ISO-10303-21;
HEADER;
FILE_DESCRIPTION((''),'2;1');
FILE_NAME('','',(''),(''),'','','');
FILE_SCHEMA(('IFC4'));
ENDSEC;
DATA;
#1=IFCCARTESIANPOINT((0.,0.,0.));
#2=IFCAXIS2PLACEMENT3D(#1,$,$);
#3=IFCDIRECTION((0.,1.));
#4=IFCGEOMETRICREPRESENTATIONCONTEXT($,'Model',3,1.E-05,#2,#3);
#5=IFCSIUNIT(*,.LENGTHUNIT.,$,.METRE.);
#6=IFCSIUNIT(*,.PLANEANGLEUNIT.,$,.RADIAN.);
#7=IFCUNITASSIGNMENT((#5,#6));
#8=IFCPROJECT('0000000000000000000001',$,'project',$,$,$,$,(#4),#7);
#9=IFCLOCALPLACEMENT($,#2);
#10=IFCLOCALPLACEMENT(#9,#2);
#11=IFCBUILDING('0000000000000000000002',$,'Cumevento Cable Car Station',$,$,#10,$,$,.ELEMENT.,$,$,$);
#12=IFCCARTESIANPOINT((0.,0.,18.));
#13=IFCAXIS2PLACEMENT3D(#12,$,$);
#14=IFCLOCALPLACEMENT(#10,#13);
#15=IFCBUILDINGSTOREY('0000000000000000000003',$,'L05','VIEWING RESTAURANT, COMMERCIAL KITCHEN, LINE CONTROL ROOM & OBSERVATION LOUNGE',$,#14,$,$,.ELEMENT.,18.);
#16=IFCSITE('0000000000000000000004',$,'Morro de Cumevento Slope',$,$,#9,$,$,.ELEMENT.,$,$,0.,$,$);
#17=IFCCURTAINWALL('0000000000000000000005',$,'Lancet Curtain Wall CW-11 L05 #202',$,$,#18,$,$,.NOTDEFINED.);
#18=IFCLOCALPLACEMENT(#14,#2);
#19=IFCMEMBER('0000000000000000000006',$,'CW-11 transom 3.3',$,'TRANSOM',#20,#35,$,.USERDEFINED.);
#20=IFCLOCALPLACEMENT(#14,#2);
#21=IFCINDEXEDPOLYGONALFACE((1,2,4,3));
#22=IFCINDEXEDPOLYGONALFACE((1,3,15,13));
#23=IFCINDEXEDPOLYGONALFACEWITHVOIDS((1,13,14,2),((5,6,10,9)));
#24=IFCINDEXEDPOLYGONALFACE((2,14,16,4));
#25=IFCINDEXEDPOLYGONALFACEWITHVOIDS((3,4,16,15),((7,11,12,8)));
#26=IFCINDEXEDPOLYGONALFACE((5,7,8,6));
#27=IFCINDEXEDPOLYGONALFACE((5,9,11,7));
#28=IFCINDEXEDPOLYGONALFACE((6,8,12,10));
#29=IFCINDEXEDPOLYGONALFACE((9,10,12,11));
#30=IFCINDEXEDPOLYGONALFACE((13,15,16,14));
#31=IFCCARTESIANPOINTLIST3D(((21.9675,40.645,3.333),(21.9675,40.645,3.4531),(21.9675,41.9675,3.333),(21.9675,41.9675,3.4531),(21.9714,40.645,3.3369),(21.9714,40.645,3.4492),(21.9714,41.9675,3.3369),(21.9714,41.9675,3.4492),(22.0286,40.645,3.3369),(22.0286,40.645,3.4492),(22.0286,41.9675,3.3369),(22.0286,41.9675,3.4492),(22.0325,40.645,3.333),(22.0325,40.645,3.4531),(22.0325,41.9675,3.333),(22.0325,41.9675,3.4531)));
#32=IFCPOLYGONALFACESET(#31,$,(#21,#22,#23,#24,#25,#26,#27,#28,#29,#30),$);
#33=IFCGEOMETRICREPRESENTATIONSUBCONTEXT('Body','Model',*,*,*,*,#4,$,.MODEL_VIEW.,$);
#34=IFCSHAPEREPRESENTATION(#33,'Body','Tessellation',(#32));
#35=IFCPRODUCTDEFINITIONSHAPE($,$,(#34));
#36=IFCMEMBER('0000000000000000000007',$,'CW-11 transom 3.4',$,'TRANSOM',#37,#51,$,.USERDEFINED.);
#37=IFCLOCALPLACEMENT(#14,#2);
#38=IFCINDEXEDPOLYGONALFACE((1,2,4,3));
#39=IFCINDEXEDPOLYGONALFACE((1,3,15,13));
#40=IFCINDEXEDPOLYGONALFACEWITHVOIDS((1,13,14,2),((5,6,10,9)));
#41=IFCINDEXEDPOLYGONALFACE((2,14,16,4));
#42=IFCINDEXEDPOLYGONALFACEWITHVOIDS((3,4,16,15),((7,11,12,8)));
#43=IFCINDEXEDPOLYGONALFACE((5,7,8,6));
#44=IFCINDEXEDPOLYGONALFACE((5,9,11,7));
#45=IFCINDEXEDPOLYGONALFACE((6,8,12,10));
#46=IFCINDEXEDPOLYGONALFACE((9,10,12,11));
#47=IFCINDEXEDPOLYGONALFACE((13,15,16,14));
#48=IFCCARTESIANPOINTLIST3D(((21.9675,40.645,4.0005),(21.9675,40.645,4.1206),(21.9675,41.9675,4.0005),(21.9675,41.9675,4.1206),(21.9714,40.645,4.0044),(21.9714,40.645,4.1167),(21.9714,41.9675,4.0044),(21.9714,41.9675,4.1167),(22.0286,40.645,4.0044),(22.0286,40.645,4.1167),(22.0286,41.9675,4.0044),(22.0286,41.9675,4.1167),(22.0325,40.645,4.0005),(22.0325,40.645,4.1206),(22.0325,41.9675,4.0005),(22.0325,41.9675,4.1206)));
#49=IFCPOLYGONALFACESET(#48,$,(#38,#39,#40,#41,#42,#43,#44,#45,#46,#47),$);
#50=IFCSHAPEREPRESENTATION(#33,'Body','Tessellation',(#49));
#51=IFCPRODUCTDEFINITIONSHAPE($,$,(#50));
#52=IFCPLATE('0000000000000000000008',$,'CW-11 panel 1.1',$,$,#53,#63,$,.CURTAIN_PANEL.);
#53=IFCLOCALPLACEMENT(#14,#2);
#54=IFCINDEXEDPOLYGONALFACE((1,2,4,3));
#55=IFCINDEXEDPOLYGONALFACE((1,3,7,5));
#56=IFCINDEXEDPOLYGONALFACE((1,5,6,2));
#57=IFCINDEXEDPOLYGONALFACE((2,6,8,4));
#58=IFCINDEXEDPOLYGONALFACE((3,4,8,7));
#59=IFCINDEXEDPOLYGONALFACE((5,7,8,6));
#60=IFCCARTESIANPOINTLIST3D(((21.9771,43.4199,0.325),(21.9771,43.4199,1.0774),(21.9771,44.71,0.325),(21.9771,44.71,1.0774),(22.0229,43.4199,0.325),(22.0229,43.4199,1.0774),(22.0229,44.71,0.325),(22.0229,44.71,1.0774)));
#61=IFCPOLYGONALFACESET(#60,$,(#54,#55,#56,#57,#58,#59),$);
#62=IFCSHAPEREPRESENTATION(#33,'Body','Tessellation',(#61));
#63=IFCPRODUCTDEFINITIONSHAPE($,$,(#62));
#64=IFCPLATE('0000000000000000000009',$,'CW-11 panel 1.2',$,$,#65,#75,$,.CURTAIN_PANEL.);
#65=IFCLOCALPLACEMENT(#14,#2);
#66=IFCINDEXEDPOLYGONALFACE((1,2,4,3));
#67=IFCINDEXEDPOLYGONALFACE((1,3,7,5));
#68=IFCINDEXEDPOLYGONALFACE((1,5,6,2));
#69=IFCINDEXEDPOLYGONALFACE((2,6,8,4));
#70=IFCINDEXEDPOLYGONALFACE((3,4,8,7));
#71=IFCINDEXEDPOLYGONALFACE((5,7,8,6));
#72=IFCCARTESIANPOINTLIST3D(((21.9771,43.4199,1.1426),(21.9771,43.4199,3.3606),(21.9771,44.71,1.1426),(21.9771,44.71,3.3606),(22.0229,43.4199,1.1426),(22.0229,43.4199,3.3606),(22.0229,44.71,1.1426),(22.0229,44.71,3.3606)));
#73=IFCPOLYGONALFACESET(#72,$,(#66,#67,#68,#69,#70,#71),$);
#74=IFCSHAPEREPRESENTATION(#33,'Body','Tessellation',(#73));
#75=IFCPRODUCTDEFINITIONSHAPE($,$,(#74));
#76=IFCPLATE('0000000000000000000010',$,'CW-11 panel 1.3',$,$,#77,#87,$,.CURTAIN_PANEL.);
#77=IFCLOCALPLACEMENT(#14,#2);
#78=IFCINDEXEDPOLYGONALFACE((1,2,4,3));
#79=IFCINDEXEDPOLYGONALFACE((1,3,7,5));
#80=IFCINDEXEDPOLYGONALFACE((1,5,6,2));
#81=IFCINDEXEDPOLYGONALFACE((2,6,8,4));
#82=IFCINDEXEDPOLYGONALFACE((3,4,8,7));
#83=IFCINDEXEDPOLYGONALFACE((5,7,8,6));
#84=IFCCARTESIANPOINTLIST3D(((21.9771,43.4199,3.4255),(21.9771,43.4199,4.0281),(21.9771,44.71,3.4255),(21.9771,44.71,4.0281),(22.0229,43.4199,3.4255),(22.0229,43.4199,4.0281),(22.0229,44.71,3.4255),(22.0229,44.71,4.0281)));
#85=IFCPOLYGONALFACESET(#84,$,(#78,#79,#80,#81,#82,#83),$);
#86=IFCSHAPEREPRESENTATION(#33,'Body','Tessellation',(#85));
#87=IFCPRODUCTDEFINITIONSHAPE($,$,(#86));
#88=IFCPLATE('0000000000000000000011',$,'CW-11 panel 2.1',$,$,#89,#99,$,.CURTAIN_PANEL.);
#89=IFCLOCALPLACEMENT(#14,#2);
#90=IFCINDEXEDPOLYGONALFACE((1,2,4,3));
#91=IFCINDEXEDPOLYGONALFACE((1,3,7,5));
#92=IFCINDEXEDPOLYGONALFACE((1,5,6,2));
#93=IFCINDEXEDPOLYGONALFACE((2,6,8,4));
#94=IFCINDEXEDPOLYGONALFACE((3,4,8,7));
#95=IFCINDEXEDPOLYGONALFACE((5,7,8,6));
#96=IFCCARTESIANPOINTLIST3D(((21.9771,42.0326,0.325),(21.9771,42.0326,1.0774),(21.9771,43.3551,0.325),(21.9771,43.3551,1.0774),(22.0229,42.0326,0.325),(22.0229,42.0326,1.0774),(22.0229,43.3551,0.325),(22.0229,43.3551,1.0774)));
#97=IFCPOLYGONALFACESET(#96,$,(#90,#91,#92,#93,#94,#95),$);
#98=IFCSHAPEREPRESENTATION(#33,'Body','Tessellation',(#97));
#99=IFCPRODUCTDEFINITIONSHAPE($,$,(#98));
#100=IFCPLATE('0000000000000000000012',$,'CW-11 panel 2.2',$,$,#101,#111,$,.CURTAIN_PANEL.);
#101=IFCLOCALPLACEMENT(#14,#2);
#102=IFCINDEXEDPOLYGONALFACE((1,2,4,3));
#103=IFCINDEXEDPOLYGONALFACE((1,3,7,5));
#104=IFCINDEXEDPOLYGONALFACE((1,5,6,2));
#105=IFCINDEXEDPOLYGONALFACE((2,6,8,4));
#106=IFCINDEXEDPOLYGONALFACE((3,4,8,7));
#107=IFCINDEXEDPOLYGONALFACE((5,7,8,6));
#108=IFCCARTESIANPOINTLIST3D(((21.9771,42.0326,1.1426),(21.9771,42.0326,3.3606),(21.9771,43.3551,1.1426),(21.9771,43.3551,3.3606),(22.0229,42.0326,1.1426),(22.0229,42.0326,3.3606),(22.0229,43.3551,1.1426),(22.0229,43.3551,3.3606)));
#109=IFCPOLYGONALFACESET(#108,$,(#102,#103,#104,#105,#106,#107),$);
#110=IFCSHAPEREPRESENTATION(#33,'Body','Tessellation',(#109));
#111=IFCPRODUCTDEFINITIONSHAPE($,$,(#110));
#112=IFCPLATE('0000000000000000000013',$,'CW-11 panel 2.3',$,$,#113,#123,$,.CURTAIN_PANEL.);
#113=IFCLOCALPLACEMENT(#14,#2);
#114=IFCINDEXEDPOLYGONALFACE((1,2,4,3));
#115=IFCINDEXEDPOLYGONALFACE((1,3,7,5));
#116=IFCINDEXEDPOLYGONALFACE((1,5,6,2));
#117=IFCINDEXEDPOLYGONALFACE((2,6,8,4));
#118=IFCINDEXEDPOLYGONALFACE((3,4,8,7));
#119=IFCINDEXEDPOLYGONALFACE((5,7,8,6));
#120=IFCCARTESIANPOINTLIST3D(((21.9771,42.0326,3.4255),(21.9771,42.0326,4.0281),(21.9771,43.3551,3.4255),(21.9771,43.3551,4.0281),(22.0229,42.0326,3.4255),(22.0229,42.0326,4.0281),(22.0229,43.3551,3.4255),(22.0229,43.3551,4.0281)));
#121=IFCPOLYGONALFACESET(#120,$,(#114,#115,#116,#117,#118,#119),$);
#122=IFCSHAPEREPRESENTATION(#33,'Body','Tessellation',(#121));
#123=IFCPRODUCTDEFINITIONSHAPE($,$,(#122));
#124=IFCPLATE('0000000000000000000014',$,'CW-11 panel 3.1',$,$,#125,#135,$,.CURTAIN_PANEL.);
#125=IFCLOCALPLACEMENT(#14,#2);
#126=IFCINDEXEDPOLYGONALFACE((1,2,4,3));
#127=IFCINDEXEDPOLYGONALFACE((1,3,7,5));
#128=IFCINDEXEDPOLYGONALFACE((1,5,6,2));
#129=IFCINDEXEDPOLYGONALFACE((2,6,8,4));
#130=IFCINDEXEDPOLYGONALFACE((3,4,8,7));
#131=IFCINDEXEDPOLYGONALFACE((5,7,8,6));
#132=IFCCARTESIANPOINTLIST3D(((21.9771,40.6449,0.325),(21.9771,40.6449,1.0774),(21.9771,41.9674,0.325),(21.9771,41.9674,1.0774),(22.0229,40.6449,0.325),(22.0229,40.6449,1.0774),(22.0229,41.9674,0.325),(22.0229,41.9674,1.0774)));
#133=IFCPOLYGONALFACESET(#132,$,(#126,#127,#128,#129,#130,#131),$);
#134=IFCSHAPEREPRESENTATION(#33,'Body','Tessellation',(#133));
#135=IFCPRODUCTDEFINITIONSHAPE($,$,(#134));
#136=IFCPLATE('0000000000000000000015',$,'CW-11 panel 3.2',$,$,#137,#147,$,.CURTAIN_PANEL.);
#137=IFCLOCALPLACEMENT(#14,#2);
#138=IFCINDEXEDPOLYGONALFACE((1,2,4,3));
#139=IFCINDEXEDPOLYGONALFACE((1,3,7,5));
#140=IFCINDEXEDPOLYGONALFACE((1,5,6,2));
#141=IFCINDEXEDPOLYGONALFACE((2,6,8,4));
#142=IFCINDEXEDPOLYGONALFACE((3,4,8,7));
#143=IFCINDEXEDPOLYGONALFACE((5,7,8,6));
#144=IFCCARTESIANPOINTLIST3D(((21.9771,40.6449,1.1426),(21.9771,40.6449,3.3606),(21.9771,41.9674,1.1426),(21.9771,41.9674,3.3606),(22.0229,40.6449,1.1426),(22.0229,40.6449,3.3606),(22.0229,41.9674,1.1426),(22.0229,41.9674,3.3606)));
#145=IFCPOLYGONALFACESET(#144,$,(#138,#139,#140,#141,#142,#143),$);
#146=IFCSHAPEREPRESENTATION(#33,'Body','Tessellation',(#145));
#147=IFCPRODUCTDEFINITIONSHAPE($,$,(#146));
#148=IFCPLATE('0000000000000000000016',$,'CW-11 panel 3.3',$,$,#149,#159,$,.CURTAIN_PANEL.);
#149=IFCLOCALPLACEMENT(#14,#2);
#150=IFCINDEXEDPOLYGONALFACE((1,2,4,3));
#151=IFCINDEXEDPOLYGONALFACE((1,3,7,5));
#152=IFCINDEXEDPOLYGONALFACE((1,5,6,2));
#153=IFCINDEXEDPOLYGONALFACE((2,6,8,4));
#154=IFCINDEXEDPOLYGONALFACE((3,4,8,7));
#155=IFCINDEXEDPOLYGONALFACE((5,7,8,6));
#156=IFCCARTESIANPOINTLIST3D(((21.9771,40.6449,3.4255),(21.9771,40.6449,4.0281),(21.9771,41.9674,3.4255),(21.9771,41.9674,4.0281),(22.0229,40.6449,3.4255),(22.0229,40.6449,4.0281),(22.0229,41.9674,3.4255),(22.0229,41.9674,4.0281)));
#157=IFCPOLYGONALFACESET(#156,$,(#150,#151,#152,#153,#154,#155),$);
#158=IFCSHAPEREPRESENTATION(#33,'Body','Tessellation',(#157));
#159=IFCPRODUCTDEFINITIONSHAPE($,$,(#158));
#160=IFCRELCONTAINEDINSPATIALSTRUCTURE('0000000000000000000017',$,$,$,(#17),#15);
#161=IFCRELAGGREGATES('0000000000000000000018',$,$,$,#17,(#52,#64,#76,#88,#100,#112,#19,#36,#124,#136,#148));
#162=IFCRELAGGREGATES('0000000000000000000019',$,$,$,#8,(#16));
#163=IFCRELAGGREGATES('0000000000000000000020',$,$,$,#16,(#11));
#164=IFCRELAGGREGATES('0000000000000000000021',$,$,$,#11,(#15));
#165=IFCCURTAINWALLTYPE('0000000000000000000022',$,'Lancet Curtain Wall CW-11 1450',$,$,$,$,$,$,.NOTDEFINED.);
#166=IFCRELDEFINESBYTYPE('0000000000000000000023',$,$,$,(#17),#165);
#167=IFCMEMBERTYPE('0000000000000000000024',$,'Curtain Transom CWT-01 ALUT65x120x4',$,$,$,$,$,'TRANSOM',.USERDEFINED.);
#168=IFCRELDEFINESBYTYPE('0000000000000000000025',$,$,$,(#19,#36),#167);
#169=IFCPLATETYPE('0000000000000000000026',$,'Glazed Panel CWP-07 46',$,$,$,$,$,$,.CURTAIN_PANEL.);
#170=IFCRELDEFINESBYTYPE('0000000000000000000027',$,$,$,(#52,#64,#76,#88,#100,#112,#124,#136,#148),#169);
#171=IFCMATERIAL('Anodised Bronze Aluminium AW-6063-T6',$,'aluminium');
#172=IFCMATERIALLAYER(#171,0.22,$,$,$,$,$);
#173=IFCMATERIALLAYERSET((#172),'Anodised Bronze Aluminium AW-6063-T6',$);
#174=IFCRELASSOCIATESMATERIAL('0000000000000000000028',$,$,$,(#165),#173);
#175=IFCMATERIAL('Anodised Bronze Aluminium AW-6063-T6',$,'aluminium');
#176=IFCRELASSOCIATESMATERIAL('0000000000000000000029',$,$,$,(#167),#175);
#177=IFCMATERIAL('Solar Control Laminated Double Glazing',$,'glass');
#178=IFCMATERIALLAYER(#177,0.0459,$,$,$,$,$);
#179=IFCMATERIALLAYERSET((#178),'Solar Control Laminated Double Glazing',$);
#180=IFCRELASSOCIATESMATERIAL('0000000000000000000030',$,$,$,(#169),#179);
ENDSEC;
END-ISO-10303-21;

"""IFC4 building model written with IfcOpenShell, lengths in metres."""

from ifc_helpers import new_model, si_unit, direction, frame, origin, origin_2d, place, context, subcontext, project, spatial, rectangle, hollow_rectangle, extrude, material, layer, layer_set, material_profile, profile_set, type_object, element, aggregate, save


model = new_model("IFC4")

# Units and contexts
model_context = context("Model", 3, precision=1e-05, world=origin(), true_north=direction((0.0, 1.0)))
body_context = subcontext(model_context, "Body", "Model", "MODEL_VIEW")
ifc_project = project(units=[si_unit("LENGTHUNIT", "METRE"), si_unit("PLANEANGLEUNIT", "RADIAN")], contexts=[model_context])

# Site, building, storey
site_placement = place(None, origin())
site = spatial("IfcSite", under=ifc_project, at=site_placement, Name="Morro de Cumevento Slope", CompositionType="ELEMENT", RefElevation=0.0)
building_placement = place(site_placement, origin())
building = spatial("IfcBuilding", under=site, at=building_placement, Name="Cumevento Cable Car Station", CompositionType="ELEMENT")
storey_placement = place(building_placement, frame((0.0, 0.0, 18.0)))
storey = spatial("IfcBuildingStorey", under=building, at=storey_placement, Name="L05", Description="VIEWING RESTAURANT, COMMERCIAL KITCHEN, LINE CONTROL ROOM & OBSERVATION LOUNGE", CompositionType="ELEMENT", Elevation=18.0)

# Curtain wall, members, plates
ifc_material_1 = material(Name="Anodised Bronze Aluminium AW-6063-T6", Category="aluminium")
ifc_layer_1 = layer(ifc_material_1, 0.22)
ifc_layer_set_1 = layer_set([ifc_layer_1], Name="Anodised Bronze Aluminium AW-6063-T6")
curtain_wall_type = type_object("IfcCurtainWallType", Name="Lancet Curtain Wall CW-11 1450", PredefinedType="NOTDEFINED", material=ifc_layer_set_1)
curtain_wall_placement = place(storey_placement, origin())
curtain_wall = element("IfcCurtainWall", 1, at=curtain_wall_placement, inside=storey, type_object=curtain_wall_type, Name="Lancet Curtain Wall CW-11 L05 #202", PredefinedType="NOTDEFINED")
ifc_material_2 = material(Name="Anodised Bronze Aluminium AW-6063-T6", Category="aluminium")
ifc_material_profile_1 = material_profile(ifc_material_2, hollow_rectangle(XDim=0.0649, YDim=0.1201, WallThickness=0.0039, at=origin_2d()), Name="ALUT65x120x4")
ifc_profile_set_1 = profile_set([ifc_material_profile_1], Name="Anodised Bronze Aluminium AW-6063-T6")
member_type_1 = type_object("IfcMemberType", Name="Curtain Transom CWT-01 ALUT65x120x4", ElementType="TRANSOM", PredefinedType="USERDEFINED", material=ifc_profile_set_1)
member_1_placement = place(storey_placement, frame((22.0, 41.9675, 3.3931), z_axis=(0.0, -1.0, 0.0), x_axis=(1.0, 0.0, 0.0)))
member_1 = element("IfcMember", 2, at=member_1_placement, type_object=member_type_1, Name="CW-11 transom 3.3", ObjectType="TRANSOM", PredefinedType="USERDEFINED", context=body_context, shape_type="SweptSolid", body=[
    extrude(hollow_rectangle(XDim=0.0649, YDim=0.1201, WallThickness=0.0039, at=origin_2d()), origin(), (0.0, 0.0, 1.0), 1.3225),
])
member_2_placement = place(storey_placement, frame((22.0, 41.9675, 4.0605), z_axis=(0.0, -1.0, 0.0), x_axis=(1.0, 0.0, 0.0)))
member_2 = element("IfcMember", 3, at=member_2_placement, type_object=member_type_1, Name="CW-11 transom 3.4", ObjectType="TRANSOM", PredefinedType="USERDEFINED", context=body_context, shape_type="SweptSolid", body=[
    extrude(hollow_rectangle(XDim=0.0649, YDim=0.1201, WallThickness=0.0039, at=origin_2d()), origin(), (0.0, 0.0, 1.0), 1.3225),
])
ifc_material_3 = material(Name="Solar Control Laminated Double Glazing", Category="glass")
ifc_layer_2 = layer(ifc_material_3, 0.0459)
ifc_layer_set_2 = layer_set([ifc_layer_2], Name="Solar Control Laminated Double Glazing")
plate_type = type_object("IfcPlateType", Name="Glazed Panel CWP-07 46", PredefinedType="CURTAIN_PANEL", material=ifc_layer_set_2)
plate_1_placement = place(storey_placement, frame((22.0, 44.0649, 0.325), z_axis=(0.0, 0.0, 1.0), x_axis=(0.0, -1.0, 0.0)))
plate_1 = element("IfcPlate", 4, at=plate_1_placement, type_object=plate_type, Name="CW-11 panel 1.1", PredefinedType="CURTAIN_PANEL", context=body_context, shape_type="SweptSolid", body=[
    extrude(rectangle(XDim=1.29, YDim=0.0459, at=origin_2d()), origin(), (0.0, 0.0, 1.0), 0.7524),
])
plate_2_placement = place(storey_placement, frame((22.0, 44.0649, 1.1426), z_axis=(0.0, 0.0, 1.0), x_axis=(0.0, -1.0, 0.0)))
plate_2 = element("IfcPlate", 5, at=plate_2_placement, type_object=plate_type, Name="CW-11 panel 1.2", PredefinedType="CURTAIN_PANEL", context=body_context, shape_type="SweptSolid", body=[
    extrude(rectangle(XDim=1.29, YDim=0.0459, at=origin_2d()), origin(), (0.0, 0.0, 1.0), 2.218),
])
plate_3_placement = place(storey_placement, frame((22.0, 44.0649, 3.4255), z_axis=(0.0, 0.0, 1.0), x_axis=(0.0, -1.0, 0.0)))
plate_3 = element("IfcPlate", 6, at=plate_3_placement, type_object=plate_type, Name="CW-11 panel 1.3", PredefinedType="CURTAIN_PANEL", context=body_context, shape_type="SweptSolid", body=[
    extrude(rectangle(XDim=1.29, YDim=0.0459, at=origin_2d()), origin(), (0.0, 0.0, 1.0), 0.6025),
])
plate_4_placement = place(storey_placement, frame((22.0, 42.6938, 0.325), z_axis=(0.0, 0.0, 1.0), x_axis=(0.0, -1.0, 0.0)))
plate_4 = element("IfcPlate", 7, at=plate_4_placement, type_object=plate_type, Name="CW-11 panel 2.1", PredefinedType="CURTAIN_PANEL", context=body_context, shape_type="SweptSolid", body=[
    extrude(rectangle(XDim=1.3225, YDim=0.0459, at=origin_2d()), origin(), (0.0, 0.0, 1.0), 0.7524),
])
plate_5_placement = place(storey_placement, frame((22.0, 42.6938, 1.1426), z_axis=(0.0, 0.0, 1.0), x_axis=(0.0, -1.0, 0.0)))
plate_5 = element("IfcPlate", 8, at=plate_5_placement, type_object=plate_type, Name="CW-11 panel 2.2", PredefinedType="CURTAIN_PANEL", context=body_context, shape_type="SweptSolid", body=[
    extrude(rectangle(XDim=1.3225, YDim=0.0459, at=origin_2d()), origin(), (0.0, 0.0, 1.0), 2.218),
])
plate_6_placement = place(storey_placement, frame((22.0, 42.6938, 3.4255), z_axis=(0.0, 0.0, 1.0), x_axis=(0.0, -1.0, 0.0)))
plate_6 = element("IfcPlate", 9, at=plate_6_placement, type_object=plate_type, Name="CW-11 panel 2.3", PredefinedType="CURTAIN_PANEL", context=body_context, shape_type="SweptSolid", body=[
    extrude(rectangle(XDim=1.3225, YDim=0.0459, at=origin_2d()), origin(), (0.0, 0.0, 1.0), 0.6025),
])
plate_7_placement = place(storey_placement, frame((22.0, 41.3062, 0.325), z_axis=(0.0, 0.0, 1.0), x_axis=(0.0, -1.0, 0.0)))
plate_7 = element("IfcPlate", 10, at=plate_7_placement, type_object=plate_type, Name="CW-11 panel 3.1", PredefinedType="CURTAIN_PANEL", context=body_context, shape_type="SweptSolid", body=[
    extrude(rectangle(XDim=1.3225, YDim=0.0459, at=origin_2d()), origin(), (0.0, 0.0, 1.0), 0.7524),
])
plate_8_placement = place(storey_placement, frame((22.0, 41.3062, 1.1426), z_axis=(0.0, 0.0, 1.0), x_axis=(0.0, -1.0, 0.0)))
plate_8 = element("IfcPlate", 11, at=plate_8_placement, type_object=plate_type, Name="CW-11 panel 3.2", PredefinedType="CURTAIN_PANEL", context=body_context, shape_type="SweptSolid", body=[
    extrude(rectangle(XDim=1.3225, YDim=0.0459, at=origin_2d()), origin(), (0.0, 0.0, 1.0), 2.218),
])
plate_9_placement = place(storey_placement, frame((22.0, 41.3062, 3.4255), z_axis=(0.0, 0.0, 1.0), x_axis=(0.0, -1.0, 0.0)))
plate_9 = element("IfcPlate", 12, at=plate_9_placement, type_object=plate_type, Name="CW-11 panel 3.3", PredefinedType="CURTAIN_PANEL", context=body_context, shape_type="SweptSolid", body=[
    extrude(rectangle(XDim=1.3225, YDim=0.0459, at=origin_2d()), origin(), (0.0, 0.0, 1.0), 0.6025),
])
aggregate(curtain_wall, [plate_1, plate_2, plate_3, plate_4, plate_5, plate_6, member_1, member_2, plate_7, plate_8, plate_9])

save(model, "model.ifc")
